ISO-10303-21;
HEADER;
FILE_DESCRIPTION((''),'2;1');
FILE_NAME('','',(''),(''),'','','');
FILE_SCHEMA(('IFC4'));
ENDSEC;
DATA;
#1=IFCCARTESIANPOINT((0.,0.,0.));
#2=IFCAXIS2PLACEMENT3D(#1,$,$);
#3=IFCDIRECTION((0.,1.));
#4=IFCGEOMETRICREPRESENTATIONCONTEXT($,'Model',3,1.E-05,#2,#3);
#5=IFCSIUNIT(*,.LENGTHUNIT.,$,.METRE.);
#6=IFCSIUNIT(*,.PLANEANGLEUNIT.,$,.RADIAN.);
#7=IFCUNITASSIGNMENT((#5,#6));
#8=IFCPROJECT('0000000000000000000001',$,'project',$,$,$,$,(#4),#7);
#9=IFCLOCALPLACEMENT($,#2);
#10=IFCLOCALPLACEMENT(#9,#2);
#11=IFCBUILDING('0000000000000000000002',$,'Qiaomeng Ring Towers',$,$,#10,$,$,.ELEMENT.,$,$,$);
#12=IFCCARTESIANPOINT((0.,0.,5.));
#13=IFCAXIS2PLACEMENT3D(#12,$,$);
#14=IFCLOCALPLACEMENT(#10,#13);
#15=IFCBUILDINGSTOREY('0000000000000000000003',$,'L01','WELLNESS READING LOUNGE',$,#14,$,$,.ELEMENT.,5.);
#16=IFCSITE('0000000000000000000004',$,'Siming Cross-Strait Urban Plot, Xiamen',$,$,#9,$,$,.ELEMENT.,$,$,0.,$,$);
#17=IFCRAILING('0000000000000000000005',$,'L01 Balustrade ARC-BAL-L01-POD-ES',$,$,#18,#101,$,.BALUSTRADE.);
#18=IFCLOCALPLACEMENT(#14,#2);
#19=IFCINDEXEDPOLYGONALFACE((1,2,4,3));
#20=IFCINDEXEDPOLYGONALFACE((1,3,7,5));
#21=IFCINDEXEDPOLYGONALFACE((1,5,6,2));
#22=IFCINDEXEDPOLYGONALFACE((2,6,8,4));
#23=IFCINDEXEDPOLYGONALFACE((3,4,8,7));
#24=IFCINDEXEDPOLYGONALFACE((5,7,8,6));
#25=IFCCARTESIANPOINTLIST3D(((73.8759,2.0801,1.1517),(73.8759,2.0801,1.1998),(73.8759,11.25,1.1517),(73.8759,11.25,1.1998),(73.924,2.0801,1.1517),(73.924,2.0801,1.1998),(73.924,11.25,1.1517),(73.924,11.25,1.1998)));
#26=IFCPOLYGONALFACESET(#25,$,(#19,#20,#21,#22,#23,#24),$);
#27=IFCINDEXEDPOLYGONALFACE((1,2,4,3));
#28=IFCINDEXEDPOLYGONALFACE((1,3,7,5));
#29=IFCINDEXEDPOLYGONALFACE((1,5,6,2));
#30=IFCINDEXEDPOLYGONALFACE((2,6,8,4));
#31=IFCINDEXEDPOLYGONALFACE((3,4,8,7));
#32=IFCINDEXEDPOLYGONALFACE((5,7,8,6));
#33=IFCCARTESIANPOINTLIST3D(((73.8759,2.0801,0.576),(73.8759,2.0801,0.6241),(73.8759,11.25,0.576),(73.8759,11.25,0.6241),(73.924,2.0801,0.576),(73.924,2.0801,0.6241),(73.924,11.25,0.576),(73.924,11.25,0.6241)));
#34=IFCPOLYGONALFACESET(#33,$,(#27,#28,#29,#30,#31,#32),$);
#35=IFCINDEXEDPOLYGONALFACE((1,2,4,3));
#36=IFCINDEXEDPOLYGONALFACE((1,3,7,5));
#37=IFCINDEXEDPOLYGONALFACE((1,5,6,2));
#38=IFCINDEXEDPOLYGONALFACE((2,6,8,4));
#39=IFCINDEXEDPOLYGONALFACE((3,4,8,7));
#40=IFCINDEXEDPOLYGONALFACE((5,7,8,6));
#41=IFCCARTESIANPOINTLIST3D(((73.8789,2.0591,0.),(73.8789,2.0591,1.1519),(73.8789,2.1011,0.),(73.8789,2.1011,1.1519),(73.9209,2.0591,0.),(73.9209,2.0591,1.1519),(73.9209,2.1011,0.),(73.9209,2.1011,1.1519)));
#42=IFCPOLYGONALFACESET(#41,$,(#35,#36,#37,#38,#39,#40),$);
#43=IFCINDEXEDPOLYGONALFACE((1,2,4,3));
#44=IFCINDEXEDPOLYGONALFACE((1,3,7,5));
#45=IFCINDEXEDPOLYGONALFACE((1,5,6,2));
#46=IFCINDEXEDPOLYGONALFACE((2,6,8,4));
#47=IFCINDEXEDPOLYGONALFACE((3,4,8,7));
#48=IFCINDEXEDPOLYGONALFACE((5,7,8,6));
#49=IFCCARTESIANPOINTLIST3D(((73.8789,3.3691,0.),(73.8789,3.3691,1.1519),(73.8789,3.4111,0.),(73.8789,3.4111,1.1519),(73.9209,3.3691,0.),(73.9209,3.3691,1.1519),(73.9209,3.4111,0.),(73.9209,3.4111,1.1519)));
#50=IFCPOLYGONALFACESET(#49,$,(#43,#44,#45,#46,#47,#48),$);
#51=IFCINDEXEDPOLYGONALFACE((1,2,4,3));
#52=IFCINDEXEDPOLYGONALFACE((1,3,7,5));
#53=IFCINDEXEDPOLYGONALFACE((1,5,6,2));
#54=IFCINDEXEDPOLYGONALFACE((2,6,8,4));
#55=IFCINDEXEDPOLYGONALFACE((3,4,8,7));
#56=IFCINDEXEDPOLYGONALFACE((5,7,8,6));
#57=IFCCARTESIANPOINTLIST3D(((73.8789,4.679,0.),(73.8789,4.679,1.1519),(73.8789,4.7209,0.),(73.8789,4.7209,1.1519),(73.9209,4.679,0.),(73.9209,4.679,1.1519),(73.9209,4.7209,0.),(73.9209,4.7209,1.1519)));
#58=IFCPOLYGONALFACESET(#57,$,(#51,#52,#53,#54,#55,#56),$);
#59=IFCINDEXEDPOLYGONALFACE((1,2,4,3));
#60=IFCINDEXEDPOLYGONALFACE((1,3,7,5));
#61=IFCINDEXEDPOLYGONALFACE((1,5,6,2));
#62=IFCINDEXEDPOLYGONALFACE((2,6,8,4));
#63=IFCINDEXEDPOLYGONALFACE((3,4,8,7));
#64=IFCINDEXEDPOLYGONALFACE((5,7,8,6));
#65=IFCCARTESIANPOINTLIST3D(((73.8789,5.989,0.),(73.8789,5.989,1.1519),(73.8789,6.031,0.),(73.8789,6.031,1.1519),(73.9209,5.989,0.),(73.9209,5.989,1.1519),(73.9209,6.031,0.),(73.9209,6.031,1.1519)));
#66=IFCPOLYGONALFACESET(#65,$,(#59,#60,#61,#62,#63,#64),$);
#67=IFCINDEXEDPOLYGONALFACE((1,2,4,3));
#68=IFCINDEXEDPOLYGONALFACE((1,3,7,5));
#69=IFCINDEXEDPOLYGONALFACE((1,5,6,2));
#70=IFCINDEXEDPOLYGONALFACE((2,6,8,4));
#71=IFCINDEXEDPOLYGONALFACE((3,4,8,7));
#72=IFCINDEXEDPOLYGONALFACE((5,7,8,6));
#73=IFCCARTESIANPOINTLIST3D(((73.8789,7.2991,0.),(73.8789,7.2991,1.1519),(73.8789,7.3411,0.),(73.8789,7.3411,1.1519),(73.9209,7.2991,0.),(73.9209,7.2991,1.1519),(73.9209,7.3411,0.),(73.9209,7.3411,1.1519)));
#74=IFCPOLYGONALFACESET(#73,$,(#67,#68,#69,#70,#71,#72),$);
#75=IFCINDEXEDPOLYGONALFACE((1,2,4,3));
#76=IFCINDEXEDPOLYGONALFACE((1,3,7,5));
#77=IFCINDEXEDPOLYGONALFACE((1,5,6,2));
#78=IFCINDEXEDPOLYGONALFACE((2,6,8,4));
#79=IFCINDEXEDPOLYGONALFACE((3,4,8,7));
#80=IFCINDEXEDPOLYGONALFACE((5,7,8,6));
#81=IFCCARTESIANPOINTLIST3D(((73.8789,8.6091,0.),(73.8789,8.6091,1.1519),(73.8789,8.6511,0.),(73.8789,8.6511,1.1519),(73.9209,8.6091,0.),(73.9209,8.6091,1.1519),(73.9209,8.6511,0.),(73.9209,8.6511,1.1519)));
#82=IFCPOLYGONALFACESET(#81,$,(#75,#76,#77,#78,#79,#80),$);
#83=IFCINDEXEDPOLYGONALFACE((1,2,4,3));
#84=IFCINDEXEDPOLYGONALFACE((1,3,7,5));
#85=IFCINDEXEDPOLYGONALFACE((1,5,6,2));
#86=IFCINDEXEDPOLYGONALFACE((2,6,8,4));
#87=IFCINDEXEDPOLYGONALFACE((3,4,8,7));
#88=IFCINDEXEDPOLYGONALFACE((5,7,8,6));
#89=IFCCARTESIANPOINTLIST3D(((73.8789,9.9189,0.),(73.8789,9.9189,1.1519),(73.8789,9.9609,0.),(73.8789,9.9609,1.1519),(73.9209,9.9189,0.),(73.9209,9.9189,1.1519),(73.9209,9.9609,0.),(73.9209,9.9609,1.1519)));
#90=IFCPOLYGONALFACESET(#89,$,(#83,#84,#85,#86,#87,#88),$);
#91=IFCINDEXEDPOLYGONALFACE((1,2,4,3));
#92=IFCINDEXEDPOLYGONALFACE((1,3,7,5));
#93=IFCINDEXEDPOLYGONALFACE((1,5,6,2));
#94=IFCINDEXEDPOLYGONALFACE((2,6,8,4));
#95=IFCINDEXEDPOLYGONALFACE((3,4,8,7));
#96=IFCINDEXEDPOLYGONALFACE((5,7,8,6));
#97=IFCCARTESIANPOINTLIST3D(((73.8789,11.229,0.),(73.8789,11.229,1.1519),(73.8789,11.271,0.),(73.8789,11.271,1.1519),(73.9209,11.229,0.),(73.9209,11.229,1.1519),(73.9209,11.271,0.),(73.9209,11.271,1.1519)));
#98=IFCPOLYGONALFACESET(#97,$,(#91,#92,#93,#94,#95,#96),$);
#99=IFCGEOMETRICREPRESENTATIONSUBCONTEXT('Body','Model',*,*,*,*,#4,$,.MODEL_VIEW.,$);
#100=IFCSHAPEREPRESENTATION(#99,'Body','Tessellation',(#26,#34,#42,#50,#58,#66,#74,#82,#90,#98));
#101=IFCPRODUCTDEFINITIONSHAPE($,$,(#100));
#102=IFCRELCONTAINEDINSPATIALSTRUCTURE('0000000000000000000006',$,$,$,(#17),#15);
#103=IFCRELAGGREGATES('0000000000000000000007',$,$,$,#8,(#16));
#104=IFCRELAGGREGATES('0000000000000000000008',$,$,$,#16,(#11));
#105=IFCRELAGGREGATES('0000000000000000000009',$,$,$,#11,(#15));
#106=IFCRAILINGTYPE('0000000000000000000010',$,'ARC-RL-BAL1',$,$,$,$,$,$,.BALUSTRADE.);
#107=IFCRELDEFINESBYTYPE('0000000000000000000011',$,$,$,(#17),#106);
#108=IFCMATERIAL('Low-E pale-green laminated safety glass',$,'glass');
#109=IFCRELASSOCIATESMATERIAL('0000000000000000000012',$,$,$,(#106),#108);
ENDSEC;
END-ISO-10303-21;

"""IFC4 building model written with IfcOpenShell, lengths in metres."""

from ifc_helpers import new_model, si_unit, direction, frame, origin, origin_2d, place, context, subcontext, project, spatial, rectangle, extrude, material, type_object, element, save


model = new_model("IFC4")

# Units and contexts
model_context = context("Model", 3, precision=1e-05, world=origin(), true_north=direction((0.0, 1.0)))
body_context = subcontext(model_context, "Body", "Model", "MODEL_VIEW")
ifc_project = project(units=[si_unit("LENGTHUNIT", "METRE"), si_unit("PLANEANGLEUNIT", "RADIAN")], contexts=[model_context])

# Site, building, storey
site_placement = place(None, origin())
site = spatial("IfcSite", under=ifc_project, at=site_placement, Name="Siming Cross-Strait Urban Plot, Xiamen", CompositionType="ELEMENT", RefElevation=0.0)
building_placement = place(site_placement, origin())
building = spatial("IfcBuilding", under=site, at=building_placement, Name="Qiaomeng Ring Towers", CompositionType="ELEMENT")
storey_placement = place(building_placement, frame((0.0, 0.0, 5.0)))
storey = spatial("IfcBuildingStorey", under=building, at=storey_placement, Name="L01", Description="WELLNESS READING LOUNGE", CompositionType="ELEMENT", Elevation=5.0)

# Shared definitions
ifc_material_1 = material(Name="Low-E pale-green laminated safety glass", Category="glass")

# Railing
railing_type = type_object("IfcRailingType", Name="ARC-RL-BAL1", PredefinedType="BALUSTRADE", material=ifc_material_1)
railing_placement = place(storey_placement, frame((73.8999, 2.0801, 0.0)))
element("IfcRailing", 1, at=railing_placement, inside=storey, type_object=railing_type, Name="L01 Balustrade ARC-BAL-L01-POD-ES", PredefinedType="BALUSTRADE", context=body_context, shape_type="SweptSolid", body=[
    extrude(rectangle(XDim=0.0481, YDim=0.0481, at=origin_2d()), frame((0.0, 0.0, 1.1758), z_axis=(0.0, 1.0, 0.0), x_axis=(-1.0, 0.0, 0.0)), (0.0, 0.0, 1.0), 9.1699),
    extrude(rectangle(XDim=0.0481, YDim=0.0481, at=origin_2d()), frame((0.0, 0.0, 0.6001), z_axis=(0.0, 1.0, 0.0), x_axis=(-1.0, 0.0, 0.0)), (0.0, 0.0, 1.0), 9.1699),
    extrude(rectangle(XDim=0.042, YDim=0.042, at=origin_2d()), origin(), (0.0, 0.0, 1.0), 1.1519),
    extrude(rectangle(XDim=0.042, YDim=0.042, at=origin_2d()), frame((0.0, 1.3101, 0.0)), (0.0, 0.0, 1.0), 1.1519),
    extrude(rectangle(XDim=0.042, YDim=0.042, at=origin_2d()), frame((0.0, 2.6199, 0.0)), (0.0, 0.0, 1.0), 1.1519),
    extrude(rectangle(XDim=0.042, YDim=0.042, at=origin_2d()), frame((0.0, 3.9299, 0.0)), (0.0, 0.0, 1.0), 1.1519),
    extrude(rectangle(XDim=0.042, YDim=0.042, at=origin_2d()), frame((0.0, 5.24, 0.0)), (0.0, 0.0, 1.0), 1.1519),
    extrude(rectangle(XDim=0.042, YDim=0.042, at=origin_2d()), frame((0.0, 6.55, 0.0)), (0.0, 0.0, 1.0), 1.1519),
    extrude(rectangle(XDim=0.042, YDim=0.042, at=origin_2d()), frame((0.0, 7.8599, 0.0)), (0.0, 0.0, 1.0), 1.1519),
    extrude(rectangle(XDim=0.042, YDim=0.042, at=origin_2d()), frame((0.0, 9.1699, 0.0)), (0.0, 0.0, 1.0), 1.1519),
])

save(model, "model.ifc")
